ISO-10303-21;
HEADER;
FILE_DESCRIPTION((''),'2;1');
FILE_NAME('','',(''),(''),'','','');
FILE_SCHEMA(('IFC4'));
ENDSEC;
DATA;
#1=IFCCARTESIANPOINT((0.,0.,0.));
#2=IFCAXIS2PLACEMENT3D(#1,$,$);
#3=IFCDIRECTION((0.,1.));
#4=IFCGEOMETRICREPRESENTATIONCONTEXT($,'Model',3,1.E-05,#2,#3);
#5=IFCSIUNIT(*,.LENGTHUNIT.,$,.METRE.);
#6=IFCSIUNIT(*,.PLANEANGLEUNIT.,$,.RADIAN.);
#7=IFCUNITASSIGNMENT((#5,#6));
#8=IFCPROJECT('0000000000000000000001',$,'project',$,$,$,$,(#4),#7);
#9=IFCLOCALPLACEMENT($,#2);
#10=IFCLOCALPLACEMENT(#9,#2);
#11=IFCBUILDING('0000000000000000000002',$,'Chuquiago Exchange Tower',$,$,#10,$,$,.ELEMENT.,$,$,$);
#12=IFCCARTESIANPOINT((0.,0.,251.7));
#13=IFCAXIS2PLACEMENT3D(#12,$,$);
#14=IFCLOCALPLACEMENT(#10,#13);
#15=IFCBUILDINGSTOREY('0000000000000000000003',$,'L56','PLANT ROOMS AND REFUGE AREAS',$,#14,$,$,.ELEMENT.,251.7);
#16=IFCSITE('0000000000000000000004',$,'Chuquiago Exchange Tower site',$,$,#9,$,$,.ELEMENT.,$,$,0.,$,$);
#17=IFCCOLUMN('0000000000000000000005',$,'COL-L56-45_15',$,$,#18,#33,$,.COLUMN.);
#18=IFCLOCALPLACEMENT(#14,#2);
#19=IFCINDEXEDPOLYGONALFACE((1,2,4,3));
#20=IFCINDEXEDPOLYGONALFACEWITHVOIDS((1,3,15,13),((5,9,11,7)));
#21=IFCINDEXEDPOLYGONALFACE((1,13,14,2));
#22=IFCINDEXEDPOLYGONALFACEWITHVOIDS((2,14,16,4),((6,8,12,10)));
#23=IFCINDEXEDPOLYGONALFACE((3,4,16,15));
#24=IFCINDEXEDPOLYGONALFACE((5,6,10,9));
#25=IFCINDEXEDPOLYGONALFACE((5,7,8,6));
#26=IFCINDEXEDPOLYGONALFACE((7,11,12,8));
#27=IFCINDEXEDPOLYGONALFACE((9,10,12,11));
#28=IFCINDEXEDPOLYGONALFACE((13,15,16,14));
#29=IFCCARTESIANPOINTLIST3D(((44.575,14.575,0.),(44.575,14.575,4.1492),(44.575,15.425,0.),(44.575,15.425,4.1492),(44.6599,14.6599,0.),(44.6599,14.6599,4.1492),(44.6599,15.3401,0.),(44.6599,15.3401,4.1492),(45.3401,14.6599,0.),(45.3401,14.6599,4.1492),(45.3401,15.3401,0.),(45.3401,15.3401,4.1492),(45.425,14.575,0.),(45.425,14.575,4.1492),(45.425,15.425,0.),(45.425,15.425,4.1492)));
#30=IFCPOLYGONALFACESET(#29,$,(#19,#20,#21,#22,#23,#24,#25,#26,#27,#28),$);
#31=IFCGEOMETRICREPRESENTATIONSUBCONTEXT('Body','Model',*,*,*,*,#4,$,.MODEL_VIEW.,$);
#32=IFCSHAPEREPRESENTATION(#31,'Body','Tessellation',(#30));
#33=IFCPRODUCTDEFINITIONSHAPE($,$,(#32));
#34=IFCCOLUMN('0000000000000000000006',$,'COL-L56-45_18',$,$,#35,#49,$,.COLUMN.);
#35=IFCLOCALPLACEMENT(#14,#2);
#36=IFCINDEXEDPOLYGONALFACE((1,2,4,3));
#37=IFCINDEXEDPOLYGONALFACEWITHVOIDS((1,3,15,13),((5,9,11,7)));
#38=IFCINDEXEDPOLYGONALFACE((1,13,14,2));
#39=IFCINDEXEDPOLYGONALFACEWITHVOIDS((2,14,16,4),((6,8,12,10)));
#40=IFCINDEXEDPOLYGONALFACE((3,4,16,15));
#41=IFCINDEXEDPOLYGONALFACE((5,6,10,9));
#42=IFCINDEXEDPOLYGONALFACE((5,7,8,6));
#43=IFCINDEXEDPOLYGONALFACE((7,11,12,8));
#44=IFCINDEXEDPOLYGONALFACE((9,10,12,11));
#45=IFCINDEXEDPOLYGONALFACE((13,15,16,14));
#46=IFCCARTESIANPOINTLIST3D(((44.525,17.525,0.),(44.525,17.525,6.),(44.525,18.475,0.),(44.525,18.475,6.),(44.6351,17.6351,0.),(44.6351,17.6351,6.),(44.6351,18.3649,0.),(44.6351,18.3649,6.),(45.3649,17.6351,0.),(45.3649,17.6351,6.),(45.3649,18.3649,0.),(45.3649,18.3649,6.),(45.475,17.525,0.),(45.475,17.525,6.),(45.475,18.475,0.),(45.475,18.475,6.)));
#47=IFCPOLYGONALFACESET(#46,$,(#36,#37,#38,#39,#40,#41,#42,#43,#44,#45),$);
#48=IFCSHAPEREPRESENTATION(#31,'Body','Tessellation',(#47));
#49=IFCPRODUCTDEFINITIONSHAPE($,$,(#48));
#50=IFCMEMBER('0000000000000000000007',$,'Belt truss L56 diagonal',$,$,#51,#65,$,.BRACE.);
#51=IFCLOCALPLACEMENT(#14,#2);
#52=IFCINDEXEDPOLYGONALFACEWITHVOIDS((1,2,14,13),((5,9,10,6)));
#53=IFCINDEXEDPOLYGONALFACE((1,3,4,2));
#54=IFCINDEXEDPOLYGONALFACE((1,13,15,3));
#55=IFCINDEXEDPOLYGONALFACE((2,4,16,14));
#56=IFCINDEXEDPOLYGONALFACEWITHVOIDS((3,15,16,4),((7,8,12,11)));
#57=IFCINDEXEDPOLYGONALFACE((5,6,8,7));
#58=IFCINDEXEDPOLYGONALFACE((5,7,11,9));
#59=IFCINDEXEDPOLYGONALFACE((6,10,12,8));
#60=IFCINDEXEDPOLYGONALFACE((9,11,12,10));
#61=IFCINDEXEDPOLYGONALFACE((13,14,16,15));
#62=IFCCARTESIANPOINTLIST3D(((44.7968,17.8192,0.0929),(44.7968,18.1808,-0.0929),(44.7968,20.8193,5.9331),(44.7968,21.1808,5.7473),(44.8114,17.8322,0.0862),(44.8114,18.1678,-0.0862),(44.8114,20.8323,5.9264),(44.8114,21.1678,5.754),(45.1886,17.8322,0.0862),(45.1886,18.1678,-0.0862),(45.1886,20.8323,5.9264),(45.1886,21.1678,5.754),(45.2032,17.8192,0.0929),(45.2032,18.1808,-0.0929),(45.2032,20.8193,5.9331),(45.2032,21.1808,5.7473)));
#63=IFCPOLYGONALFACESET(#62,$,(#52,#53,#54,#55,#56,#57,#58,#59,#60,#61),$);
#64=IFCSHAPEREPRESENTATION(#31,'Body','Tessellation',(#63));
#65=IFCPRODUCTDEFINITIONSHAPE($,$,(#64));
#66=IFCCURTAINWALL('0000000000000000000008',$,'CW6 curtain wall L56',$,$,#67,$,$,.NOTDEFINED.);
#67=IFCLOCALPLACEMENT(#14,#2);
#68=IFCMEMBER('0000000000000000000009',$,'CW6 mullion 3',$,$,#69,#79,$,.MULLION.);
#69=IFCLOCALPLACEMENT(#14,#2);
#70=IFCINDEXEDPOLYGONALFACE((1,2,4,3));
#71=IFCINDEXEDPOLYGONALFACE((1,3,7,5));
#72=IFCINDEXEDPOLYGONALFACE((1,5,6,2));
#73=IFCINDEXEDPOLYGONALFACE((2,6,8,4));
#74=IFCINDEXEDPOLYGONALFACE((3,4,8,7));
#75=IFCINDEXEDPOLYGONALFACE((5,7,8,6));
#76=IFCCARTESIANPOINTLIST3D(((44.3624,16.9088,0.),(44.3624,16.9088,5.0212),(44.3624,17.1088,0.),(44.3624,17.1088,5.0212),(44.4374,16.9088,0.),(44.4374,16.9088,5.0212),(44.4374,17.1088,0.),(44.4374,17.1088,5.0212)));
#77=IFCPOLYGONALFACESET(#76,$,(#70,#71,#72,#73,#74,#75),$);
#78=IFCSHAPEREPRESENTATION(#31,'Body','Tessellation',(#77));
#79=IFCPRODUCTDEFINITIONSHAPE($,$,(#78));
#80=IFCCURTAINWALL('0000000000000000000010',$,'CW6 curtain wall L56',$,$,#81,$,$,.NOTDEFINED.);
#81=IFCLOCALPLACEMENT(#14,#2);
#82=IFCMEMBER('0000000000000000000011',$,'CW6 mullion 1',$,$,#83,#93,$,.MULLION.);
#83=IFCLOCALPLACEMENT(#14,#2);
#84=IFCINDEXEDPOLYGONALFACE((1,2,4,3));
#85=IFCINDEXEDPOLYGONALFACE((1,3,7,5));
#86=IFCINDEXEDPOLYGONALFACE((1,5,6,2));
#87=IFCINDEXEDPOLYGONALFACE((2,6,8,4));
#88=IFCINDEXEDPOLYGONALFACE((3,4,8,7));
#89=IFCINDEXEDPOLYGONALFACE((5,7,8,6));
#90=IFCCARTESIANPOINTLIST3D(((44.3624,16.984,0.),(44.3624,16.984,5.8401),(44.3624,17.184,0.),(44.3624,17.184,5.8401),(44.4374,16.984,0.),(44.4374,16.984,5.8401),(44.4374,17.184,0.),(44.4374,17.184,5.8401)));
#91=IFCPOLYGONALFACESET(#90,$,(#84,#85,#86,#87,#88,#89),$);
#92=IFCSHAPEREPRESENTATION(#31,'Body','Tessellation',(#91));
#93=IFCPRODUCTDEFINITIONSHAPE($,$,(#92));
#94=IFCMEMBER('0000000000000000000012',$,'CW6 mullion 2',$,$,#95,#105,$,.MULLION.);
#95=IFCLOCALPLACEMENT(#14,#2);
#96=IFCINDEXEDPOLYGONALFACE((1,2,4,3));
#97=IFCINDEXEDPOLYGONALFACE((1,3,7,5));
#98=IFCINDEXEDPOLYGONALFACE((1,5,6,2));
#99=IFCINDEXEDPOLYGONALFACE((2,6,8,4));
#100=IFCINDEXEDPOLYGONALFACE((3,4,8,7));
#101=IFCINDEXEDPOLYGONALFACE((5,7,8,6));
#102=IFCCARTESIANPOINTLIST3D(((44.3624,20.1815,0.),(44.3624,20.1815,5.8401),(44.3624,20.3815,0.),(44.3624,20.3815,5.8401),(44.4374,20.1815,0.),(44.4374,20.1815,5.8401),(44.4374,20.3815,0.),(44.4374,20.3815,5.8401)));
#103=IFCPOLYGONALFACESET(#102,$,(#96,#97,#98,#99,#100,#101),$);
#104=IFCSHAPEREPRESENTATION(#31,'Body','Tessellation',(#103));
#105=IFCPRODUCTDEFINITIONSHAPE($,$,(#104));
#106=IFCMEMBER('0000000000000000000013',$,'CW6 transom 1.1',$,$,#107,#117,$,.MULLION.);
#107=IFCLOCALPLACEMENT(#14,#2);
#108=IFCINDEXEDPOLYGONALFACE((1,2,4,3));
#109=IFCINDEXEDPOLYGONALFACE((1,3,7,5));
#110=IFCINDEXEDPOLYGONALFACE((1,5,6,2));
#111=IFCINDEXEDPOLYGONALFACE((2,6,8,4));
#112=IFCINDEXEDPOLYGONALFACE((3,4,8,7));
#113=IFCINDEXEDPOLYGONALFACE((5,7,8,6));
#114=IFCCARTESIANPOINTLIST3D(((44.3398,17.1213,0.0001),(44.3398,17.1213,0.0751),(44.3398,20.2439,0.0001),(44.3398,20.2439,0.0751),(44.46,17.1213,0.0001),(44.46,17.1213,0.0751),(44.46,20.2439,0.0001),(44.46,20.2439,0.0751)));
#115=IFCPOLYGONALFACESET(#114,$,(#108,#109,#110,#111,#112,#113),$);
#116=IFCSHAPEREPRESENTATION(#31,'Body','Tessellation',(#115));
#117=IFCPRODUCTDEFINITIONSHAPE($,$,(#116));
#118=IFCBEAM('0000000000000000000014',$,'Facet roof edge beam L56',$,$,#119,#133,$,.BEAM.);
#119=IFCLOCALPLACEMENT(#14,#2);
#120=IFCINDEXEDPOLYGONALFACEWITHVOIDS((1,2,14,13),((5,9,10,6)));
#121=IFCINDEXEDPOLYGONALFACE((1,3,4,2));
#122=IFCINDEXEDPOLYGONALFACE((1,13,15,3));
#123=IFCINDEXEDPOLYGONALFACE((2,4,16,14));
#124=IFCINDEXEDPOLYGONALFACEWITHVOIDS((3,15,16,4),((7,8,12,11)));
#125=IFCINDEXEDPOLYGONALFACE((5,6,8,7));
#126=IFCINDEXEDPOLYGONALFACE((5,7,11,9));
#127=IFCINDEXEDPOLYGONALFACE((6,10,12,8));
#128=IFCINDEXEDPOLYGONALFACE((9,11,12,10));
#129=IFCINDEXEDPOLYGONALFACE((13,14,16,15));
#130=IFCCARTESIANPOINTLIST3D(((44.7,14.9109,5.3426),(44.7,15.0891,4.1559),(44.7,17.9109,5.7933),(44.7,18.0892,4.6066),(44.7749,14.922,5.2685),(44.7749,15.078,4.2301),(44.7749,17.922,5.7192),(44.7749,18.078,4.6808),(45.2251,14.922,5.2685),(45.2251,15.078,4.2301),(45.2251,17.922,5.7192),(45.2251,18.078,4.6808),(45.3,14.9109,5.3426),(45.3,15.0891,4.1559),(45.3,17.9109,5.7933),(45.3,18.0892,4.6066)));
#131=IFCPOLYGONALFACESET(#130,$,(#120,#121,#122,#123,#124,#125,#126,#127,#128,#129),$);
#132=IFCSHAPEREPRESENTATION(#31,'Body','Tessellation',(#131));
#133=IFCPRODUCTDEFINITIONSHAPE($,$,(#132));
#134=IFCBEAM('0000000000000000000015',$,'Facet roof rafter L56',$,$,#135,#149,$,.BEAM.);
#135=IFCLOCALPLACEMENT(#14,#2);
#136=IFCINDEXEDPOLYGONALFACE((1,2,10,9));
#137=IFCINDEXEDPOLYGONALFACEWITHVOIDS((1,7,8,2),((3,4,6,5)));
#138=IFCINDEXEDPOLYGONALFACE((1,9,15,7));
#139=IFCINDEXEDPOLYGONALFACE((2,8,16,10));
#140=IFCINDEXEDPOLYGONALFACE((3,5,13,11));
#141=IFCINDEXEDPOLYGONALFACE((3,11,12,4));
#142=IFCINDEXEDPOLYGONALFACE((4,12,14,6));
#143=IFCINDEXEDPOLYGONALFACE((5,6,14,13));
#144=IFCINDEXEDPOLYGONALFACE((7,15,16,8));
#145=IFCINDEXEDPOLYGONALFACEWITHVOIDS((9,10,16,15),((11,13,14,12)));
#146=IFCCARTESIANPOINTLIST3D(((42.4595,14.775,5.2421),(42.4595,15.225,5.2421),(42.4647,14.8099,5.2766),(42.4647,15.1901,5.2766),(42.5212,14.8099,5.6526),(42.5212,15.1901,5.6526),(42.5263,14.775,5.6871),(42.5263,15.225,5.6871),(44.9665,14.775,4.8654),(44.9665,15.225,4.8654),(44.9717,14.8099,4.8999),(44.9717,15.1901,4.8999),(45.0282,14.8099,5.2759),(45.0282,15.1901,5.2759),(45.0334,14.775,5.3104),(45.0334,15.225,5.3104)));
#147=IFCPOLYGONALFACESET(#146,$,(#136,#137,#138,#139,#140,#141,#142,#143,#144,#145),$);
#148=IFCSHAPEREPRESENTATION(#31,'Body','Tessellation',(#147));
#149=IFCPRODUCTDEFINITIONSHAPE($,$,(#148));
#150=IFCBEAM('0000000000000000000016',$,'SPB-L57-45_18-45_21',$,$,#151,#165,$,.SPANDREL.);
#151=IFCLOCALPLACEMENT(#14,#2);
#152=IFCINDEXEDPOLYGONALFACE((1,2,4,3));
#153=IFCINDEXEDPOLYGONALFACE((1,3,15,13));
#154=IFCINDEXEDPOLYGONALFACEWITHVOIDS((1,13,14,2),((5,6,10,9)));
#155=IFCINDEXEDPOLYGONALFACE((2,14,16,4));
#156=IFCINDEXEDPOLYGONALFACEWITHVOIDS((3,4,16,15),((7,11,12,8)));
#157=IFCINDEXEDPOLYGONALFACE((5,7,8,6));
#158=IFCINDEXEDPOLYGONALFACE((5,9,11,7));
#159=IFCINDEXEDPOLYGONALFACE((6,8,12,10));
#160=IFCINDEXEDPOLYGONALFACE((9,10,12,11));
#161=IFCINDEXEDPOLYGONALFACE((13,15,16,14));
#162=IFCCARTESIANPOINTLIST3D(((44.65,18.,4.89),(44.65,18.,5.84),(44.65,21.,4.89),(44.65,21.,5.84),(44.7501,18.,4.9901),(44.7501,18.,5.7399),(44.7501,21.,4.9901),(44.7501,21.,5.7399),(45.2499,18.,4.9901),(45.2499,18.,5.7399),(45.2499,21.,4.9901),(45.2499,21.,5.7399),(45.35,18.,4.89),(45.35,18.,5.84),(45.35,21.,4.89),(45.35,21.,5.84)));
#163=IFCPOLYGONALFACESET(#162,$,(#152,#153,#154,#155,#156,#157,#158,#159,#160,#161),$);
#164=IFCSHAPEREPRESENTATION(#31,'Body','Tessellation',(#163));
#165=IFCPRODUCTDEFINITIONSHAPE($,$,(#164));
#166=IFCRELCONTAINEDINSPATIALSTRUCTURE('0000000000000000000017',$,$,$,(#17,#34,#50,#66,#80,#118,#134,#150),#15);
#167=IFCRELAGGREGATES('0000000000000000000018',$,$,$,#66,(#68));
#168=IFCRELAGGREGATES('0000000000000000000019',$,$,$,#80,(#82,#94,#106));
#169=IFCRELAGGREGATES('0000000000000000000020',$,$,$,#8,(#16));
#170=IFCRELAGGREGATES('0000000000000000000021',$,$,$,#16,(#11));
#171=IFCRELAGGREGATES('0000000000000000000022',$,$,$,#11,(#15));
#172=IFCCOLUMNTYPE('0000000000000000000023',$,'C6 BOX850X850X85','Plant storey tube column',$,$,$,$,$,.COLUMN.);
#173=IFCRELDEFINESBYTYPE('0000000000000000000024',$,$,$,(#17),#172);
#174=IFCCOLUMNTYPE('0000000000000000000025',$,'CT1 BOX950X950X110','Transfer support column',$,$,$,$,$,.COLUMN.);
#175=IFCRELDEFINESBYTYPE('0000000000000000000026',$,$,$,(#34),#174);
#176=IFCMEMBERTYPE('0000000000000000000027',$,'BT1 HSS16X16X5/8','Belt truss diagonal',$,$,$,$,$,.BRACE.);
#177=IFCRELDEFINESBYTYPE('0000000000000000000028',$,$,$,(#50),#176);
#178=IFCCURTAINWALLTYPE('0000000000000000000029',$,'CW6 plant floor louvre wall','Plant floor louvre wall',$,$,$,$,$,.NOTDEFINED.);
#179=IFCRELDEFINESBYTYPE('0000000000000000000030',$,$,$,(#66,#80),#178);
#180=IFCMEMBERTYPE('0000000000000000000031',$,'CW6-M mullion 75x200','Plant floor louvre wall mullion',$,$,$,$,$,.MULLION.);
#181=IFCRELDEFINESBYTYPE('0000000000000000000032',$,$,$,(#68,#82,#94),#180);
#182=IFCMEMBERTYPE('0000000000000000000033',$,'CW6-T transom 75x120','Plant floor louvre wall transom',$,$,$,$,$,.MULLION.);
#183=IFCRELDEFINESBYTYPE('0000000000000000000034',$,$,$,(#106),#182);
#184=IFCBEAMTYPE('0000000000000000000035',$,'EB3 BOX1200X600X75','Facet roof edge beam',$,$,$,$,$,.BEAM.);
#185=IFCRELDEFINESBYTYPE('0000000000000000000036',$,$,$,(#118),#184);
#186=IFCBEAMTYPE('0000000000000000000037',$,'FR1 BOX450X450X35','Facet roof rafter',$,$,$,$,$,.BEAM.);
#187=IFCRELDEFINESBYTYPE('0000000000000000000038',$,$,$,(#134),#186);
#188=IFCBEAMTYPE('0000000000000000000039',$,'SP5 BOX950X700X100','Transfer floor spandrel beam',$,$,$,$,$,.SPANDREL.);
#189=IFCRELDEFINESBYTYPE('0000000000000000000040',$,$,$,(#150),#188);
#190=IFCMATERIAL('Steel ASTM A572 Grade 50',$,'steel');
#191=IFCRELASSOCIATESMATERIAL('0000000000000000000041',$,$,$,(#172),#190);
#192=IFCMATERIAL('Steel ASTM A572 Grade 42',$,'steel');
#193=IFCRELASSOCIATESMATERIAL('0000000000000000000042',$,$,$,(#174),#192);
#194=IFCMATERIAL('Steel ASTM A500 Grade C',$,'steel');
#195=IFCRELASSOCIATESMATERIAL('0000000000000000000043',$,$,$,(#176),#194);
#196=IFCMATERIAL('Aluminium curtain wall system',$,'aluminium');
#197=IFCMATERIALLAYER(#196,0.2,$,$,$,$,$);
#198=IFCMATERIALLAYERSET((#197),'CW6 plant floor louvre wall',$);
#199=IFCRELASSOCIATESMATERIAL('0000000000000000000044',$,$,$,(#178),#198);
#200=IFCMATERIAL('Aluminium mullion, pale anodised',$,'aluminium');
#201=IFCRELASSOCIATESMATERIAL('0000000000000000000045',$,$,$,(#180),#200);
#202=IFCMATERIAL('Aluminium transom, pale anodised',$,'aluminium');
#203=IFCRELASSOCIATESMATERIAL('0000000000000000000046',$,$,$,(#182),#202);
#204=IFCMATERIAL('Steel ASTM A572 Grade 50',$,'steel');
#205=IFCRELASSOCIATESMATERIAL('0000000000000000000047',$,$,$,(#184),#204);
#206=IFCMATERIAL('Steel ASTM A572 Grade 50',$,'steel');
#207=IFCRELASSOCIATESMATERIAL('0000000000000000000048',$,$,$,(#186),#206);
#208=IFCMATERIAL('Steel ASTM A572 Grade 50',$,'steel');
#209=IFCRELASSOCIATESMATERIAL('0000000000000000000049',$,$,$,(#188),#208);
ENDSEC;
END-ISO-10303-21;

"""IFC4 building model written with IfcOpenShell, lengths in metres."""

from ifc_helpers import new_model, si_unit, direction, frame, origin, origin_2d, place, context, subcontext, project, spatial, rectangle, hollow_rectangle, extrude, material, layer, layer_set, material_profile, profile_set, type_object, element, aggregate, save


model = new_model("IFC4")

# Units and contexts
model_context = context("Model", 3, precision=1e-05, world=origin(), true_north=direction((0.0, 1.0)))
body_context = subcontext(model_context, "Body", "Model", "MODEL_VIEW")
ifc_project = project(units=[si_unit("LENGTHUNIT", "METRE"), si_unit("PLANEANGLEUNIT", "RADIAN")], contexts=[model_context])

# Site, building, storey
site_placement = place(None, origin())
site = spatial("IfcSite", under=ifc_project, at=site_placement, Name="Chuquiago Exchange Tower site", CompositionType="ELEMENT", RefElevation=0.0)
building_placement = place(site_placement, origin())
building = spatial("IfcBuilding", under=site, at=building_placement, Name="Chuquiago Exchange Tower", CompositionType="ELEMENT")
storey_placement = place(building_placement, frame((0.0, 0.0, 251.7)))
storey = spatial("IfcBuildingStorey", under=building, at=storey_placement, Name="L56", Description="PLANT ROOMS AND REFUGE AREAS", CompositionType="ELEMENT", Elevation=251.7)

# Columns
ifc_material_1 = material(Name="Steel ASTM A572 Grade 50", Category="steel")
ifc_material_profile_1 = material_profile(ifc_material_1, hollow_rectangle(XDim=0.8501, YDim=0.8501, WallThickness=0.085, at=origin_2d()), Name="BOX850X850X85")
ifc_profile_set_1 = profile_set([ifc_material_profile_1], Name="Steel ASTM A572 Grade 50")
column_type_1 = type_object("IfcColumnType", Name="C6 BOX850X850X85", Description="Plant storey tube column", PredefinedType="COLUMN", material=ifc_profile_set_1)
column_1_placement = place(storey_placement, frame((45.0, 15.0, 0.0), z_axis=(0.0, 0.0, 1.0), x_axis=(1.0, 0.0, 0.0)))
element("IfcColumn", 1, at=column_1_placement, inside=storey, type_object=column_type_1, Name="COL-L56-45_15", PredefinedType="COLUMN", context=body_context, shape_type="SweptSolid", body=[
    extrude(hollow_rectangle(XDim=0.8501, YDim=0.8501, WallThickness=0.085, at=origin_2d()), origin(), (0.0, 0.0, 1.0), 4.1492),
])
ifc_material_2 = material(Name="Steel ASTM A572 Grade 42", Category="steel")
ifc_material_profile_2 = material_profile(ifc_material_2, hollow_rectangle(XDim=0.95, YDim=0.95, WallThickness=0.1101, at=origin_2d()), Name="BOX950X950X110")
ifc_profile_set_2 = profile_set([ifc_material_profile_2], Name="Steel ASTM A572 Grade 42")
column_type_2 = type_object("IfcColumnType", Name="CT1 BOX950X950X110", Description="Transfer support column", PredefinedType="COLUMN", material=ifc_profile_set_2)
column_2_placement = place(storey_placement, frame((45.0, 18.0, 0.0), z_axis=(0.0, 0.0, 1.0), x_axis=(1.0, 0.0, 0.0)))
element("IfcColumn", 2, at=column_2_placement, inside=storey, type_object=column_type_2, Name="COL-L56-45_18", PredefinedType="COLUMN", context=body_context, shape_type="SweptSolid", body=[
    extrude(hollow_rectangle(XDim=0.95, YDim=0.95, WallThickness=0.1101, at=origin_2d()), origin(), (0.0, 0.0, 1.0), 6.0),
])

# Member
ifc_material_3 = material(Name="Steel ASTM A500 Grade C", Category="steel")
ifc_material_profile_3 = material_profile(ifc_material_3, hollow_rectangle(XDim=0.4065, YDim=0.4065, WallThickness=0.0146, at=origin_2d()), Name="HSS16X16X5/8")
ifc_profile_set_3 = profile_set([ifc_material_profile_3], Name="Steel ASTM A500 Grade C")
member_type_1 = type_object("IfcMemberType", Name="BT1 HSS16X16X5/8", Description="Belt truss diagonal", PredefinedType="BRACE", material=ifc_profile_set_3)
member_1_placement = place(storey_placement, frame((45.0, 18.0, 0.0), z_axis=(0.0, 0.45693, 0.889503), x_axis=(-1.0, 0.0, 0.0)))
element("IfcMember", 3, at=member_1_placement, inside=storey, type_object=member_type_1, Name="Belt truss L56 diagonal", PredefinedType="BRACE", context=body_context, shape_type="SweptSolid", body=[
    extrude(hollow_rectangle(XDim=0.4065, YDim=0.4065, WallThickness=0.0146, at=origin_2d()), origin(), (0.0, 0.0, 1.0), 6.5657),
])

# Curtain wall, member
ifc_material_4 = material(Name="Aluminium curtain wall system", Category="aluminium")
ifc_layer_1 = layer(ifc_material_4, 0.2)
ifc_layer_set_1 = layer_set([ifc_layer_1], Name="CW6 plant floor louvre wall")
curtain_wall_type = type_object("IfcCurtainWallType", Name="CW6 plant floor louvre wall", Description="Plant floor louvre wall", PredefinedType="NOTDEFINED", material=ifc_layer_set_1)
curtain_wall_1_placement = place(storey_placement, origin())
curtain_wall_1 = element("IfcCurtainWall", 4, at=curtain_wall_1_placement, inside=storey, type_object=curtain_wall_type, Name="CW6 curtain wall L56", PredefinedType="NOTDEFINED")
ifc_material_5 = material(Name="Aluminium mullion, pale anodised", Category="aluminium")
ifc_material_profile_4 = material_profile(ifc_material_5, rectangle(XDim=0.075, YDim=0.2, at=origin_2d()), Name="AL 75x200")
ifc_profile_set_4 = profile_set([ifc_material_profile_4], Name="Aluminium mullion, pale anodised")
member_type_2 = type_object("IfcMemberType", Name="CW6-M mullion 75x200", Description="Plant floor louvre wall mullion", PredefinedType="MULLION", material=ifc_profile_set_4)
member_2_placement = place(storey_placement, frame((44.3999, 17.0088, 0.0), z_axis=(0.0, 0.0, 1.0), x_axis=(-1.0, 0.0, 0.0)))
member_2 = element("IfcMember", 5, at=member_2_placement, type_object=member_type_2, Name="CW6 mullion 3", PredefinedType="MULLION", context=body_context, shape_type="SweptSolid", body=[
    extrude(rectangle(XDim=0.075, YDim=0.2, at=origin_2d()), origin(), (0.0, 0.0, 1.0), 5.0212),
])

# Curtain wall, members
curtain_wall_2_placement = place(storey_placement, origin())
curtain_wall_2 = element("IfcCurtainWall", 6, at=curtain_wall_2_placement, inside=storey, type_object=curtain_wall_type, Name="CW6 curtain wall L56", PredefinedType="NOTDEFINED")
member_3_placement = place(storey_placement, frame((44.3999, 17.084, 0.0), z_axis=(0.0, 0.0, 1.0), x_axis=(-1.0, 0.0, 0.0)))
member_3 = element("IfcMember", 7, at=member_3_placement, type_object=member_type_2, Name="CW6 mullion 1", PredefinedType="MULLION", context=body_context, shape_type="SweptSolid", body=[
    extrude(rectangle(XDim=0.075, YDim=0.2, at=origin_2d()), origin(), (0.0, 0.0, 1.0), 5.8401),
])
member_4_placement = place(storey_placement, frame((44.3999, 20.2815, 0.0), z_axis=(0.0, 0.0, 1.0), x_axis=(-1.0, 0.0, 0.0)))
member_4 = element("IfcMember", 8, at=member_4_placement, type_object=member_type_2, Name="CW6 mullion 2", PredefinedType="MULLION", context=body_context, shape_type="SweptSolid", body=[
    extrude(rectangle(XDim=0.075, YDim=0.2, at=origin_2d()), origin(), (0.0, 0.0, 1.0), 5.8401),
])
ifc_material_6 = material(Name="Aluminium transom, pale anodised", Category="aluminium")
ifc_material_profile_5 = material_profile(ifc_material_6, rectangle(XDim=0.1201, YDim=0.075, at=origin_2d()), Name="AL 120x75")
ifc_profile_set_5 = profile_set([ifc_material_profile_5], Name="Aluminium transom, pale anodised")
member_type_3 = type_object("IfcMemberType", Name="CW6-T transom 75x120", Description="Plant floor louvre wall transom", PredefinedType="MULLION", material=ifc_profile_set_5)
member_5_placement = place(storey_placement, frame((44.3999, 17.1213, 0.0376), z_axis=(0.0, 1.0, 0.0), x_axis=(-1.0, 0.0, 0.0)))
member_5 = element("IfcMember", 9, at=member_5_placement, type_object=member_type_3, Name="CW6 transom 1.1", PredefinedType="MULLION", context=body_context, shape_type="SweptSolid", body=[
    extrude(rectangle(XDim=0.1201, YDim=0.075, at=origin_2d()), origin(), (0.0, 0.0, 1.0), 3.1226),
])

# Beams
ifc_material_7 = material(Name="Steel ASTM A572 Grade 50", Category="steel")
ifc_material_profile_6 = material_profile(ifc_material_7, hollow_rectangle(XDim=0.6001, YDim=1.2, WallThickness=0.075, at=origin_2d()), Name="BOX1200X600X75")
ifc_profile_set_6 = profile_set([ifc_material_profile_6], Name="Steel ASTM A572 Grade 50")
beam_type_1 = type_object("IfcBeamType", Name="EB3 BOX1200X600X75", Description="Facet roof edge beam", PredefinedType="BEAM", material=ifc_profile_set_6)
beam_1_placement = place(storey_placement, frame((45.0, 15.0, 4.7493), z_axis=(0.0, 0.988903, 0.148561), x_axis=(-1.0, 0.0, 0.0)))
element("IfcBeam", 10, at=beam_1_placement, inside=storey, type_object=beam_type_1, Name="Facet roof edge beam L56", PredefinedType="BEAM", context=body_context, shape_type="SweptSolid", body=[
    extrude(hollow_rectangle(XDim=0.6001, YDim=1.2, WallThickness=0.075, at=origin_2d()), origin(), (0.0, 0.0, 1.0), 3.0337),
])
ifc_material_8 = material(Name="Steel ASTM A572 Grade 50", Category="steel")
ifc_material_profile_7 = material_profile(ifc_material_8, hollow_rectangle(XDim=0.45, YDim=0.45, WallThickness=0.0349, at=origin_2d()), Name="BOX450X450X35")
ifc_profile_set_7 = profile_set([ifc_material_profile_7], Name="Steel ASTM A572 Grade 50")
beam_type_2 = type_object("IfcBeamType", Name="FR1 BOX450X450X35", Description="Facet roof rafter", PredefinedType="BEAM", material=ifc_profile_set_7)
beam_2_placement = place(storey_placement, frame((42.4929, 15.0, 5.4646), z_axis=(0.988899, 0.0, -0.14859), x_axis=(0.0, 1.0, 0.0)))
element("IfcBeam", 11, at=beam_2_placement, inside=storey, type_object=beam_type_2, Name="Facet roof rafter L56", PredefinedType="BEAM", context=body_context, shape_type="SweptSolid", body=[
    extrude(hollow_rectangle(XDim=0.45, YDim=0.45, WallThickness=0.0349, at=origin_2d()), origin(), (0.0, 0.0, 1.0), 2.5352),
])
ifc_material_9 = material(Name="Steel ASTM A572 Grade 50", Category="steel")
ifc_material_profile_8 = material_profile(ifc_material_9, hollow_rectangle(XDim=0.7, YDim=0.95, WallThickness=0.1001, at=origin_2d()), Name="BOX950X700X100")
ifc_profile_set_8 = profile_set([ifc_material_profile_8], Name="Steel ASTM A572 Grade 50")
beam_type_3 = type_object("IfcBeamType", Name="SP5 BOX950X700X100", Description="Transfer floor spandrel beam", PredefinedType="SPANDREL", material=ifc_profile_set_8)
beam_3_placement = place(storey_placement, frame((45.0, 18.0, 5.365), z_axis=(0.0, 1.0, 0.0), x_axis=(-1.0, 0.0, 0.0)))
element("IfcBeam", 12, at=beam_3_placement, inside=storey, type_object=beam_type_3, Name="SPB-L57-45_18-45_21", PredefinedType="SPANDREL", context=body_context, shape_type="SweptSolid", body=[
    extrude(hollow_rectangle(XDim=0.7, YDim=0.95, WallThickness=0.1001, at=origin_2d()), origin(), (0.0, 0.0, 1.0), 3.0),
])

aggregate(curtain_wall_1, [member_2])
aggregate(curtain_wall_2, [member_3, member_4, member_5])

save(model, "model.ifc")
